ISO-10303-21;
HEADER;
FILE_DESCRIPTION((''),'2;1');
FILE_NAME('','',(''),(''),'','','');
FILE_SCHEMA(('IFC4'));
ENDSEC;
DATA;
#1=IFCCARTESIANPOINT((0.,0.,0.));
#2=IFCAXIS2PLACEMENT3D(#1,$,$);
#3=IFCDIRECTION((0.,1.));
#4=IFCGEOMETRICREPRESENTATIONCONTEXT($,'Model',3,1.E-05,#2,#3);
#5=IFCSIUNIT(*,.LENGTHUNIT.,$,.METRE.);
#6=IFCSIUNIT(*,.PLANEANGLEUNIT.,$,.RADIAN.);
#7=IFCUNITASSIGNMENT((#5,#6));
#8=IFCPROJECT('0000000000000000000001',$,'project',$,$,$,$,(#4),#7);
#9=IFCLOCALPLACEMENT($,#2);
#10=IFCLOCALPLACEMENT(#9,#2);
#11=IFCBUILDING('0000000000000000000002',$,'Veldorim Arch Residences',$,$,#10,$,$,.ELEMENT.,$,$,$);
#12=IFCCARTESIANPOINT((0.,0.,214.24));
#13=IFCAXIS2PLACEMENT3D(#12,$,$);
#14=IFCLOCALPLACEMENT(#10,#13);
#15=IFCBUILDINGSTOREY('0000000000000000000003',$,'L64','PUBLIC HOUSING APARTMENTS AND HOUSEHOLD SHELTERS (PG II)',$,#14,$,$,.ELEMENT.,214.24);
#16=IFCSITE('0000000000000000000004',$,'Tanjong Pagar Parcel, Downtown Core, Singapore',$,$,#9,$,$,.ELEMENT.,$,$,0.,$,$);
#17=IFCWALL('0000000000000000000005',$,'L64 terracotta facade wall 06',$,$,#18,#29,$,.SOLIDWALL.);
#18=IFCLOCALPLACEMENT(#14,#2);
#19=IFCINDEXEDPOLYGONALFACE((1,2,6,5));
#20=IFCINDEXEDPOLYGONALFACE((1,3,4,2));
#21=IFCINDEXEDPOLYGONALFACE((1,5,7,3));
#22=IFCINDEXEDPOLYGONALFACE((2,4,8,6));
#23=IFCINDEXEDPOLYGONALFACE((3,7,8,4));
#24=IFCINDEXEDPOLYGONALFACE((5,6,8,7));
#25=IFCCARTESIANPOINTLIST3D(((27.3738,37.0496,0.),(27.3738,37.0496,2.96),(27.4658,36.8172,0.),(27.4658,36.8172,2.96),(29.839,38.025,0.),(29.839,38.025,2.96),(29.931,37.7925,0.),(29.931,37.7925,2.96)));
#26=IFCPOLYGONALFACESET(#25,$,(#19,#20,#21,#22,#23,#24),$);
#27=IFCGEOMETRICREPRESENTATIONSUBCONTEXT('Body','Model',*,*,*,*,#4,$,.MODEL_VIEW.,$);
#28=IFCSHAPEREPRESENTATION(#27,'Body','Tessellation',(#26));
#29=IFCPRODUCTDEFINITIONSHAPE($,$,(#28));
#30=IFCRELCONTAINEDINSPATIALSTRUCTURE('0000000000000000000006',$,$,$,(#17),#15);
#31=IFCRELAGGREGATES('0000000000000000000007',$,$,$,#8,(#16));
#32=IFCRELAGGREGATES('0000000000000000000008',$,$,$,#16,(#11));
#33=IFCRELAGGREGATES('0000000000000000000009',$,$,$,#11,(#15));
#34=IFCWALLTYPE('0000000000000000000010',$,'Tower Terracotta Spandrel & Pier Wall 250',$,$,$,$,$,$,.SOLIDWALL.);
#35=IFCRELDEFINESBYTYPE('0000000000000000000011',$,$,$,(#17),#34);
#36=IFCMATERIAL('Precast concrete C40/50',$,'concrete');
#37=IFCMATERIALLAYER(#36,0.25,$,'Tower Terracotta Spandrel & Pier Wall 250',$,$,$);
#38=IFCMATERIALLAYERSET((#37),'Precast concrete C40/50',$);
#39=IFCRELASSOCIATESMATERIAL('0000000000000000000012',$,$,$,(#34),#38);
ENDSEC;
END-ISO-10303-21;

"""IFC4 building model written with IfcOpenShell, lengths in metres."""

from ifc_helpers import new_model, si_unit, direction, frame, frame_2d, origin, place, context, subcontext, project, spatial, rectangle, extrude, material, layer, layer_set, type_object, element, save


model = new_model("IFC4")

# Units and contexts
model_context = context("Model", 3, precision=1e-05, world=origin(), true_north=direction((0.0, 1.0)))
body_context = subcontext(model_context, "Body", "Model", "MODEL_VIEW")
ifc_project = project(units=[si_unit("LENGTHUNIT", "METRE"), si_unit("PLANEANGLEUNIT", "RADIAN")], contexts=[model_context])

# Site, building, storey
site_placement = place(None, origin())
site = spatial("IfcSite", under=ifc_project, at=site_placement, Name="Tanjong Pagar Parcel, Downtown Core, Singapore", CompositionType="ELEMENT", RefElevation=0.0)
building_placement = place(site_placement, origin())
building = spatial("IfcBuilding", under=site, at=building_placement, Name="Veldorim Arch Residences", CompositionType="ELEMENT")
storey_placement = place(building_placement, frame((0.0, 0.0, 214.24)))
storey = spatial("IfcBuildingStorey", under=building, at=storey_placement, Name="L64", Description="PUBLIC HOUSING APARTMENTS AND HOUSEHOLD SHELTERS (PG II)", CompositionType="ELEMENT", Elevation=214.24)

# Wall
ifc_material_1 = material(Name="Precast concrete C40/50", Category="concrete")
ifc_layer_1 = layer(ifc_material_1, 0.25, Name="Tower Terracotta Spandrel & Pier Wall 250")
ifc_layer_set_1 = layer_set([ifc_layer_1], Name="Precast concrete C40/50")
wall_type_1 = type_object("IfcWallType", Name="Tower Terracotta Spandrel & Pier Wall 250", PredefinedType="SOLIDWALL", material=ifc_layer_set_1)
wall_1_placement = place(storey_placement, frame((27.4197, 36.9333, 0.0), z_axis=(0.0, 0.0, 1.0), x_axis=(0.929861, 0.367911, 0.0)))
element("IfcWall", 1, at=wall_1_placement, inside=storey, type_object=wall_type_1, Name="L64 terracotta facade wall 06", PredefinedType="SOLIDWALL", context=body_context, shape_type="SweptSolid", body=[
    extrude(rectangle(XDim=2.6511, YDim=0.25, at=frame_2d((1.3257, 0.0))), origin(), (0.0, 0.0, 1.0), 2.96),
])

save(model, "model.ifc")
